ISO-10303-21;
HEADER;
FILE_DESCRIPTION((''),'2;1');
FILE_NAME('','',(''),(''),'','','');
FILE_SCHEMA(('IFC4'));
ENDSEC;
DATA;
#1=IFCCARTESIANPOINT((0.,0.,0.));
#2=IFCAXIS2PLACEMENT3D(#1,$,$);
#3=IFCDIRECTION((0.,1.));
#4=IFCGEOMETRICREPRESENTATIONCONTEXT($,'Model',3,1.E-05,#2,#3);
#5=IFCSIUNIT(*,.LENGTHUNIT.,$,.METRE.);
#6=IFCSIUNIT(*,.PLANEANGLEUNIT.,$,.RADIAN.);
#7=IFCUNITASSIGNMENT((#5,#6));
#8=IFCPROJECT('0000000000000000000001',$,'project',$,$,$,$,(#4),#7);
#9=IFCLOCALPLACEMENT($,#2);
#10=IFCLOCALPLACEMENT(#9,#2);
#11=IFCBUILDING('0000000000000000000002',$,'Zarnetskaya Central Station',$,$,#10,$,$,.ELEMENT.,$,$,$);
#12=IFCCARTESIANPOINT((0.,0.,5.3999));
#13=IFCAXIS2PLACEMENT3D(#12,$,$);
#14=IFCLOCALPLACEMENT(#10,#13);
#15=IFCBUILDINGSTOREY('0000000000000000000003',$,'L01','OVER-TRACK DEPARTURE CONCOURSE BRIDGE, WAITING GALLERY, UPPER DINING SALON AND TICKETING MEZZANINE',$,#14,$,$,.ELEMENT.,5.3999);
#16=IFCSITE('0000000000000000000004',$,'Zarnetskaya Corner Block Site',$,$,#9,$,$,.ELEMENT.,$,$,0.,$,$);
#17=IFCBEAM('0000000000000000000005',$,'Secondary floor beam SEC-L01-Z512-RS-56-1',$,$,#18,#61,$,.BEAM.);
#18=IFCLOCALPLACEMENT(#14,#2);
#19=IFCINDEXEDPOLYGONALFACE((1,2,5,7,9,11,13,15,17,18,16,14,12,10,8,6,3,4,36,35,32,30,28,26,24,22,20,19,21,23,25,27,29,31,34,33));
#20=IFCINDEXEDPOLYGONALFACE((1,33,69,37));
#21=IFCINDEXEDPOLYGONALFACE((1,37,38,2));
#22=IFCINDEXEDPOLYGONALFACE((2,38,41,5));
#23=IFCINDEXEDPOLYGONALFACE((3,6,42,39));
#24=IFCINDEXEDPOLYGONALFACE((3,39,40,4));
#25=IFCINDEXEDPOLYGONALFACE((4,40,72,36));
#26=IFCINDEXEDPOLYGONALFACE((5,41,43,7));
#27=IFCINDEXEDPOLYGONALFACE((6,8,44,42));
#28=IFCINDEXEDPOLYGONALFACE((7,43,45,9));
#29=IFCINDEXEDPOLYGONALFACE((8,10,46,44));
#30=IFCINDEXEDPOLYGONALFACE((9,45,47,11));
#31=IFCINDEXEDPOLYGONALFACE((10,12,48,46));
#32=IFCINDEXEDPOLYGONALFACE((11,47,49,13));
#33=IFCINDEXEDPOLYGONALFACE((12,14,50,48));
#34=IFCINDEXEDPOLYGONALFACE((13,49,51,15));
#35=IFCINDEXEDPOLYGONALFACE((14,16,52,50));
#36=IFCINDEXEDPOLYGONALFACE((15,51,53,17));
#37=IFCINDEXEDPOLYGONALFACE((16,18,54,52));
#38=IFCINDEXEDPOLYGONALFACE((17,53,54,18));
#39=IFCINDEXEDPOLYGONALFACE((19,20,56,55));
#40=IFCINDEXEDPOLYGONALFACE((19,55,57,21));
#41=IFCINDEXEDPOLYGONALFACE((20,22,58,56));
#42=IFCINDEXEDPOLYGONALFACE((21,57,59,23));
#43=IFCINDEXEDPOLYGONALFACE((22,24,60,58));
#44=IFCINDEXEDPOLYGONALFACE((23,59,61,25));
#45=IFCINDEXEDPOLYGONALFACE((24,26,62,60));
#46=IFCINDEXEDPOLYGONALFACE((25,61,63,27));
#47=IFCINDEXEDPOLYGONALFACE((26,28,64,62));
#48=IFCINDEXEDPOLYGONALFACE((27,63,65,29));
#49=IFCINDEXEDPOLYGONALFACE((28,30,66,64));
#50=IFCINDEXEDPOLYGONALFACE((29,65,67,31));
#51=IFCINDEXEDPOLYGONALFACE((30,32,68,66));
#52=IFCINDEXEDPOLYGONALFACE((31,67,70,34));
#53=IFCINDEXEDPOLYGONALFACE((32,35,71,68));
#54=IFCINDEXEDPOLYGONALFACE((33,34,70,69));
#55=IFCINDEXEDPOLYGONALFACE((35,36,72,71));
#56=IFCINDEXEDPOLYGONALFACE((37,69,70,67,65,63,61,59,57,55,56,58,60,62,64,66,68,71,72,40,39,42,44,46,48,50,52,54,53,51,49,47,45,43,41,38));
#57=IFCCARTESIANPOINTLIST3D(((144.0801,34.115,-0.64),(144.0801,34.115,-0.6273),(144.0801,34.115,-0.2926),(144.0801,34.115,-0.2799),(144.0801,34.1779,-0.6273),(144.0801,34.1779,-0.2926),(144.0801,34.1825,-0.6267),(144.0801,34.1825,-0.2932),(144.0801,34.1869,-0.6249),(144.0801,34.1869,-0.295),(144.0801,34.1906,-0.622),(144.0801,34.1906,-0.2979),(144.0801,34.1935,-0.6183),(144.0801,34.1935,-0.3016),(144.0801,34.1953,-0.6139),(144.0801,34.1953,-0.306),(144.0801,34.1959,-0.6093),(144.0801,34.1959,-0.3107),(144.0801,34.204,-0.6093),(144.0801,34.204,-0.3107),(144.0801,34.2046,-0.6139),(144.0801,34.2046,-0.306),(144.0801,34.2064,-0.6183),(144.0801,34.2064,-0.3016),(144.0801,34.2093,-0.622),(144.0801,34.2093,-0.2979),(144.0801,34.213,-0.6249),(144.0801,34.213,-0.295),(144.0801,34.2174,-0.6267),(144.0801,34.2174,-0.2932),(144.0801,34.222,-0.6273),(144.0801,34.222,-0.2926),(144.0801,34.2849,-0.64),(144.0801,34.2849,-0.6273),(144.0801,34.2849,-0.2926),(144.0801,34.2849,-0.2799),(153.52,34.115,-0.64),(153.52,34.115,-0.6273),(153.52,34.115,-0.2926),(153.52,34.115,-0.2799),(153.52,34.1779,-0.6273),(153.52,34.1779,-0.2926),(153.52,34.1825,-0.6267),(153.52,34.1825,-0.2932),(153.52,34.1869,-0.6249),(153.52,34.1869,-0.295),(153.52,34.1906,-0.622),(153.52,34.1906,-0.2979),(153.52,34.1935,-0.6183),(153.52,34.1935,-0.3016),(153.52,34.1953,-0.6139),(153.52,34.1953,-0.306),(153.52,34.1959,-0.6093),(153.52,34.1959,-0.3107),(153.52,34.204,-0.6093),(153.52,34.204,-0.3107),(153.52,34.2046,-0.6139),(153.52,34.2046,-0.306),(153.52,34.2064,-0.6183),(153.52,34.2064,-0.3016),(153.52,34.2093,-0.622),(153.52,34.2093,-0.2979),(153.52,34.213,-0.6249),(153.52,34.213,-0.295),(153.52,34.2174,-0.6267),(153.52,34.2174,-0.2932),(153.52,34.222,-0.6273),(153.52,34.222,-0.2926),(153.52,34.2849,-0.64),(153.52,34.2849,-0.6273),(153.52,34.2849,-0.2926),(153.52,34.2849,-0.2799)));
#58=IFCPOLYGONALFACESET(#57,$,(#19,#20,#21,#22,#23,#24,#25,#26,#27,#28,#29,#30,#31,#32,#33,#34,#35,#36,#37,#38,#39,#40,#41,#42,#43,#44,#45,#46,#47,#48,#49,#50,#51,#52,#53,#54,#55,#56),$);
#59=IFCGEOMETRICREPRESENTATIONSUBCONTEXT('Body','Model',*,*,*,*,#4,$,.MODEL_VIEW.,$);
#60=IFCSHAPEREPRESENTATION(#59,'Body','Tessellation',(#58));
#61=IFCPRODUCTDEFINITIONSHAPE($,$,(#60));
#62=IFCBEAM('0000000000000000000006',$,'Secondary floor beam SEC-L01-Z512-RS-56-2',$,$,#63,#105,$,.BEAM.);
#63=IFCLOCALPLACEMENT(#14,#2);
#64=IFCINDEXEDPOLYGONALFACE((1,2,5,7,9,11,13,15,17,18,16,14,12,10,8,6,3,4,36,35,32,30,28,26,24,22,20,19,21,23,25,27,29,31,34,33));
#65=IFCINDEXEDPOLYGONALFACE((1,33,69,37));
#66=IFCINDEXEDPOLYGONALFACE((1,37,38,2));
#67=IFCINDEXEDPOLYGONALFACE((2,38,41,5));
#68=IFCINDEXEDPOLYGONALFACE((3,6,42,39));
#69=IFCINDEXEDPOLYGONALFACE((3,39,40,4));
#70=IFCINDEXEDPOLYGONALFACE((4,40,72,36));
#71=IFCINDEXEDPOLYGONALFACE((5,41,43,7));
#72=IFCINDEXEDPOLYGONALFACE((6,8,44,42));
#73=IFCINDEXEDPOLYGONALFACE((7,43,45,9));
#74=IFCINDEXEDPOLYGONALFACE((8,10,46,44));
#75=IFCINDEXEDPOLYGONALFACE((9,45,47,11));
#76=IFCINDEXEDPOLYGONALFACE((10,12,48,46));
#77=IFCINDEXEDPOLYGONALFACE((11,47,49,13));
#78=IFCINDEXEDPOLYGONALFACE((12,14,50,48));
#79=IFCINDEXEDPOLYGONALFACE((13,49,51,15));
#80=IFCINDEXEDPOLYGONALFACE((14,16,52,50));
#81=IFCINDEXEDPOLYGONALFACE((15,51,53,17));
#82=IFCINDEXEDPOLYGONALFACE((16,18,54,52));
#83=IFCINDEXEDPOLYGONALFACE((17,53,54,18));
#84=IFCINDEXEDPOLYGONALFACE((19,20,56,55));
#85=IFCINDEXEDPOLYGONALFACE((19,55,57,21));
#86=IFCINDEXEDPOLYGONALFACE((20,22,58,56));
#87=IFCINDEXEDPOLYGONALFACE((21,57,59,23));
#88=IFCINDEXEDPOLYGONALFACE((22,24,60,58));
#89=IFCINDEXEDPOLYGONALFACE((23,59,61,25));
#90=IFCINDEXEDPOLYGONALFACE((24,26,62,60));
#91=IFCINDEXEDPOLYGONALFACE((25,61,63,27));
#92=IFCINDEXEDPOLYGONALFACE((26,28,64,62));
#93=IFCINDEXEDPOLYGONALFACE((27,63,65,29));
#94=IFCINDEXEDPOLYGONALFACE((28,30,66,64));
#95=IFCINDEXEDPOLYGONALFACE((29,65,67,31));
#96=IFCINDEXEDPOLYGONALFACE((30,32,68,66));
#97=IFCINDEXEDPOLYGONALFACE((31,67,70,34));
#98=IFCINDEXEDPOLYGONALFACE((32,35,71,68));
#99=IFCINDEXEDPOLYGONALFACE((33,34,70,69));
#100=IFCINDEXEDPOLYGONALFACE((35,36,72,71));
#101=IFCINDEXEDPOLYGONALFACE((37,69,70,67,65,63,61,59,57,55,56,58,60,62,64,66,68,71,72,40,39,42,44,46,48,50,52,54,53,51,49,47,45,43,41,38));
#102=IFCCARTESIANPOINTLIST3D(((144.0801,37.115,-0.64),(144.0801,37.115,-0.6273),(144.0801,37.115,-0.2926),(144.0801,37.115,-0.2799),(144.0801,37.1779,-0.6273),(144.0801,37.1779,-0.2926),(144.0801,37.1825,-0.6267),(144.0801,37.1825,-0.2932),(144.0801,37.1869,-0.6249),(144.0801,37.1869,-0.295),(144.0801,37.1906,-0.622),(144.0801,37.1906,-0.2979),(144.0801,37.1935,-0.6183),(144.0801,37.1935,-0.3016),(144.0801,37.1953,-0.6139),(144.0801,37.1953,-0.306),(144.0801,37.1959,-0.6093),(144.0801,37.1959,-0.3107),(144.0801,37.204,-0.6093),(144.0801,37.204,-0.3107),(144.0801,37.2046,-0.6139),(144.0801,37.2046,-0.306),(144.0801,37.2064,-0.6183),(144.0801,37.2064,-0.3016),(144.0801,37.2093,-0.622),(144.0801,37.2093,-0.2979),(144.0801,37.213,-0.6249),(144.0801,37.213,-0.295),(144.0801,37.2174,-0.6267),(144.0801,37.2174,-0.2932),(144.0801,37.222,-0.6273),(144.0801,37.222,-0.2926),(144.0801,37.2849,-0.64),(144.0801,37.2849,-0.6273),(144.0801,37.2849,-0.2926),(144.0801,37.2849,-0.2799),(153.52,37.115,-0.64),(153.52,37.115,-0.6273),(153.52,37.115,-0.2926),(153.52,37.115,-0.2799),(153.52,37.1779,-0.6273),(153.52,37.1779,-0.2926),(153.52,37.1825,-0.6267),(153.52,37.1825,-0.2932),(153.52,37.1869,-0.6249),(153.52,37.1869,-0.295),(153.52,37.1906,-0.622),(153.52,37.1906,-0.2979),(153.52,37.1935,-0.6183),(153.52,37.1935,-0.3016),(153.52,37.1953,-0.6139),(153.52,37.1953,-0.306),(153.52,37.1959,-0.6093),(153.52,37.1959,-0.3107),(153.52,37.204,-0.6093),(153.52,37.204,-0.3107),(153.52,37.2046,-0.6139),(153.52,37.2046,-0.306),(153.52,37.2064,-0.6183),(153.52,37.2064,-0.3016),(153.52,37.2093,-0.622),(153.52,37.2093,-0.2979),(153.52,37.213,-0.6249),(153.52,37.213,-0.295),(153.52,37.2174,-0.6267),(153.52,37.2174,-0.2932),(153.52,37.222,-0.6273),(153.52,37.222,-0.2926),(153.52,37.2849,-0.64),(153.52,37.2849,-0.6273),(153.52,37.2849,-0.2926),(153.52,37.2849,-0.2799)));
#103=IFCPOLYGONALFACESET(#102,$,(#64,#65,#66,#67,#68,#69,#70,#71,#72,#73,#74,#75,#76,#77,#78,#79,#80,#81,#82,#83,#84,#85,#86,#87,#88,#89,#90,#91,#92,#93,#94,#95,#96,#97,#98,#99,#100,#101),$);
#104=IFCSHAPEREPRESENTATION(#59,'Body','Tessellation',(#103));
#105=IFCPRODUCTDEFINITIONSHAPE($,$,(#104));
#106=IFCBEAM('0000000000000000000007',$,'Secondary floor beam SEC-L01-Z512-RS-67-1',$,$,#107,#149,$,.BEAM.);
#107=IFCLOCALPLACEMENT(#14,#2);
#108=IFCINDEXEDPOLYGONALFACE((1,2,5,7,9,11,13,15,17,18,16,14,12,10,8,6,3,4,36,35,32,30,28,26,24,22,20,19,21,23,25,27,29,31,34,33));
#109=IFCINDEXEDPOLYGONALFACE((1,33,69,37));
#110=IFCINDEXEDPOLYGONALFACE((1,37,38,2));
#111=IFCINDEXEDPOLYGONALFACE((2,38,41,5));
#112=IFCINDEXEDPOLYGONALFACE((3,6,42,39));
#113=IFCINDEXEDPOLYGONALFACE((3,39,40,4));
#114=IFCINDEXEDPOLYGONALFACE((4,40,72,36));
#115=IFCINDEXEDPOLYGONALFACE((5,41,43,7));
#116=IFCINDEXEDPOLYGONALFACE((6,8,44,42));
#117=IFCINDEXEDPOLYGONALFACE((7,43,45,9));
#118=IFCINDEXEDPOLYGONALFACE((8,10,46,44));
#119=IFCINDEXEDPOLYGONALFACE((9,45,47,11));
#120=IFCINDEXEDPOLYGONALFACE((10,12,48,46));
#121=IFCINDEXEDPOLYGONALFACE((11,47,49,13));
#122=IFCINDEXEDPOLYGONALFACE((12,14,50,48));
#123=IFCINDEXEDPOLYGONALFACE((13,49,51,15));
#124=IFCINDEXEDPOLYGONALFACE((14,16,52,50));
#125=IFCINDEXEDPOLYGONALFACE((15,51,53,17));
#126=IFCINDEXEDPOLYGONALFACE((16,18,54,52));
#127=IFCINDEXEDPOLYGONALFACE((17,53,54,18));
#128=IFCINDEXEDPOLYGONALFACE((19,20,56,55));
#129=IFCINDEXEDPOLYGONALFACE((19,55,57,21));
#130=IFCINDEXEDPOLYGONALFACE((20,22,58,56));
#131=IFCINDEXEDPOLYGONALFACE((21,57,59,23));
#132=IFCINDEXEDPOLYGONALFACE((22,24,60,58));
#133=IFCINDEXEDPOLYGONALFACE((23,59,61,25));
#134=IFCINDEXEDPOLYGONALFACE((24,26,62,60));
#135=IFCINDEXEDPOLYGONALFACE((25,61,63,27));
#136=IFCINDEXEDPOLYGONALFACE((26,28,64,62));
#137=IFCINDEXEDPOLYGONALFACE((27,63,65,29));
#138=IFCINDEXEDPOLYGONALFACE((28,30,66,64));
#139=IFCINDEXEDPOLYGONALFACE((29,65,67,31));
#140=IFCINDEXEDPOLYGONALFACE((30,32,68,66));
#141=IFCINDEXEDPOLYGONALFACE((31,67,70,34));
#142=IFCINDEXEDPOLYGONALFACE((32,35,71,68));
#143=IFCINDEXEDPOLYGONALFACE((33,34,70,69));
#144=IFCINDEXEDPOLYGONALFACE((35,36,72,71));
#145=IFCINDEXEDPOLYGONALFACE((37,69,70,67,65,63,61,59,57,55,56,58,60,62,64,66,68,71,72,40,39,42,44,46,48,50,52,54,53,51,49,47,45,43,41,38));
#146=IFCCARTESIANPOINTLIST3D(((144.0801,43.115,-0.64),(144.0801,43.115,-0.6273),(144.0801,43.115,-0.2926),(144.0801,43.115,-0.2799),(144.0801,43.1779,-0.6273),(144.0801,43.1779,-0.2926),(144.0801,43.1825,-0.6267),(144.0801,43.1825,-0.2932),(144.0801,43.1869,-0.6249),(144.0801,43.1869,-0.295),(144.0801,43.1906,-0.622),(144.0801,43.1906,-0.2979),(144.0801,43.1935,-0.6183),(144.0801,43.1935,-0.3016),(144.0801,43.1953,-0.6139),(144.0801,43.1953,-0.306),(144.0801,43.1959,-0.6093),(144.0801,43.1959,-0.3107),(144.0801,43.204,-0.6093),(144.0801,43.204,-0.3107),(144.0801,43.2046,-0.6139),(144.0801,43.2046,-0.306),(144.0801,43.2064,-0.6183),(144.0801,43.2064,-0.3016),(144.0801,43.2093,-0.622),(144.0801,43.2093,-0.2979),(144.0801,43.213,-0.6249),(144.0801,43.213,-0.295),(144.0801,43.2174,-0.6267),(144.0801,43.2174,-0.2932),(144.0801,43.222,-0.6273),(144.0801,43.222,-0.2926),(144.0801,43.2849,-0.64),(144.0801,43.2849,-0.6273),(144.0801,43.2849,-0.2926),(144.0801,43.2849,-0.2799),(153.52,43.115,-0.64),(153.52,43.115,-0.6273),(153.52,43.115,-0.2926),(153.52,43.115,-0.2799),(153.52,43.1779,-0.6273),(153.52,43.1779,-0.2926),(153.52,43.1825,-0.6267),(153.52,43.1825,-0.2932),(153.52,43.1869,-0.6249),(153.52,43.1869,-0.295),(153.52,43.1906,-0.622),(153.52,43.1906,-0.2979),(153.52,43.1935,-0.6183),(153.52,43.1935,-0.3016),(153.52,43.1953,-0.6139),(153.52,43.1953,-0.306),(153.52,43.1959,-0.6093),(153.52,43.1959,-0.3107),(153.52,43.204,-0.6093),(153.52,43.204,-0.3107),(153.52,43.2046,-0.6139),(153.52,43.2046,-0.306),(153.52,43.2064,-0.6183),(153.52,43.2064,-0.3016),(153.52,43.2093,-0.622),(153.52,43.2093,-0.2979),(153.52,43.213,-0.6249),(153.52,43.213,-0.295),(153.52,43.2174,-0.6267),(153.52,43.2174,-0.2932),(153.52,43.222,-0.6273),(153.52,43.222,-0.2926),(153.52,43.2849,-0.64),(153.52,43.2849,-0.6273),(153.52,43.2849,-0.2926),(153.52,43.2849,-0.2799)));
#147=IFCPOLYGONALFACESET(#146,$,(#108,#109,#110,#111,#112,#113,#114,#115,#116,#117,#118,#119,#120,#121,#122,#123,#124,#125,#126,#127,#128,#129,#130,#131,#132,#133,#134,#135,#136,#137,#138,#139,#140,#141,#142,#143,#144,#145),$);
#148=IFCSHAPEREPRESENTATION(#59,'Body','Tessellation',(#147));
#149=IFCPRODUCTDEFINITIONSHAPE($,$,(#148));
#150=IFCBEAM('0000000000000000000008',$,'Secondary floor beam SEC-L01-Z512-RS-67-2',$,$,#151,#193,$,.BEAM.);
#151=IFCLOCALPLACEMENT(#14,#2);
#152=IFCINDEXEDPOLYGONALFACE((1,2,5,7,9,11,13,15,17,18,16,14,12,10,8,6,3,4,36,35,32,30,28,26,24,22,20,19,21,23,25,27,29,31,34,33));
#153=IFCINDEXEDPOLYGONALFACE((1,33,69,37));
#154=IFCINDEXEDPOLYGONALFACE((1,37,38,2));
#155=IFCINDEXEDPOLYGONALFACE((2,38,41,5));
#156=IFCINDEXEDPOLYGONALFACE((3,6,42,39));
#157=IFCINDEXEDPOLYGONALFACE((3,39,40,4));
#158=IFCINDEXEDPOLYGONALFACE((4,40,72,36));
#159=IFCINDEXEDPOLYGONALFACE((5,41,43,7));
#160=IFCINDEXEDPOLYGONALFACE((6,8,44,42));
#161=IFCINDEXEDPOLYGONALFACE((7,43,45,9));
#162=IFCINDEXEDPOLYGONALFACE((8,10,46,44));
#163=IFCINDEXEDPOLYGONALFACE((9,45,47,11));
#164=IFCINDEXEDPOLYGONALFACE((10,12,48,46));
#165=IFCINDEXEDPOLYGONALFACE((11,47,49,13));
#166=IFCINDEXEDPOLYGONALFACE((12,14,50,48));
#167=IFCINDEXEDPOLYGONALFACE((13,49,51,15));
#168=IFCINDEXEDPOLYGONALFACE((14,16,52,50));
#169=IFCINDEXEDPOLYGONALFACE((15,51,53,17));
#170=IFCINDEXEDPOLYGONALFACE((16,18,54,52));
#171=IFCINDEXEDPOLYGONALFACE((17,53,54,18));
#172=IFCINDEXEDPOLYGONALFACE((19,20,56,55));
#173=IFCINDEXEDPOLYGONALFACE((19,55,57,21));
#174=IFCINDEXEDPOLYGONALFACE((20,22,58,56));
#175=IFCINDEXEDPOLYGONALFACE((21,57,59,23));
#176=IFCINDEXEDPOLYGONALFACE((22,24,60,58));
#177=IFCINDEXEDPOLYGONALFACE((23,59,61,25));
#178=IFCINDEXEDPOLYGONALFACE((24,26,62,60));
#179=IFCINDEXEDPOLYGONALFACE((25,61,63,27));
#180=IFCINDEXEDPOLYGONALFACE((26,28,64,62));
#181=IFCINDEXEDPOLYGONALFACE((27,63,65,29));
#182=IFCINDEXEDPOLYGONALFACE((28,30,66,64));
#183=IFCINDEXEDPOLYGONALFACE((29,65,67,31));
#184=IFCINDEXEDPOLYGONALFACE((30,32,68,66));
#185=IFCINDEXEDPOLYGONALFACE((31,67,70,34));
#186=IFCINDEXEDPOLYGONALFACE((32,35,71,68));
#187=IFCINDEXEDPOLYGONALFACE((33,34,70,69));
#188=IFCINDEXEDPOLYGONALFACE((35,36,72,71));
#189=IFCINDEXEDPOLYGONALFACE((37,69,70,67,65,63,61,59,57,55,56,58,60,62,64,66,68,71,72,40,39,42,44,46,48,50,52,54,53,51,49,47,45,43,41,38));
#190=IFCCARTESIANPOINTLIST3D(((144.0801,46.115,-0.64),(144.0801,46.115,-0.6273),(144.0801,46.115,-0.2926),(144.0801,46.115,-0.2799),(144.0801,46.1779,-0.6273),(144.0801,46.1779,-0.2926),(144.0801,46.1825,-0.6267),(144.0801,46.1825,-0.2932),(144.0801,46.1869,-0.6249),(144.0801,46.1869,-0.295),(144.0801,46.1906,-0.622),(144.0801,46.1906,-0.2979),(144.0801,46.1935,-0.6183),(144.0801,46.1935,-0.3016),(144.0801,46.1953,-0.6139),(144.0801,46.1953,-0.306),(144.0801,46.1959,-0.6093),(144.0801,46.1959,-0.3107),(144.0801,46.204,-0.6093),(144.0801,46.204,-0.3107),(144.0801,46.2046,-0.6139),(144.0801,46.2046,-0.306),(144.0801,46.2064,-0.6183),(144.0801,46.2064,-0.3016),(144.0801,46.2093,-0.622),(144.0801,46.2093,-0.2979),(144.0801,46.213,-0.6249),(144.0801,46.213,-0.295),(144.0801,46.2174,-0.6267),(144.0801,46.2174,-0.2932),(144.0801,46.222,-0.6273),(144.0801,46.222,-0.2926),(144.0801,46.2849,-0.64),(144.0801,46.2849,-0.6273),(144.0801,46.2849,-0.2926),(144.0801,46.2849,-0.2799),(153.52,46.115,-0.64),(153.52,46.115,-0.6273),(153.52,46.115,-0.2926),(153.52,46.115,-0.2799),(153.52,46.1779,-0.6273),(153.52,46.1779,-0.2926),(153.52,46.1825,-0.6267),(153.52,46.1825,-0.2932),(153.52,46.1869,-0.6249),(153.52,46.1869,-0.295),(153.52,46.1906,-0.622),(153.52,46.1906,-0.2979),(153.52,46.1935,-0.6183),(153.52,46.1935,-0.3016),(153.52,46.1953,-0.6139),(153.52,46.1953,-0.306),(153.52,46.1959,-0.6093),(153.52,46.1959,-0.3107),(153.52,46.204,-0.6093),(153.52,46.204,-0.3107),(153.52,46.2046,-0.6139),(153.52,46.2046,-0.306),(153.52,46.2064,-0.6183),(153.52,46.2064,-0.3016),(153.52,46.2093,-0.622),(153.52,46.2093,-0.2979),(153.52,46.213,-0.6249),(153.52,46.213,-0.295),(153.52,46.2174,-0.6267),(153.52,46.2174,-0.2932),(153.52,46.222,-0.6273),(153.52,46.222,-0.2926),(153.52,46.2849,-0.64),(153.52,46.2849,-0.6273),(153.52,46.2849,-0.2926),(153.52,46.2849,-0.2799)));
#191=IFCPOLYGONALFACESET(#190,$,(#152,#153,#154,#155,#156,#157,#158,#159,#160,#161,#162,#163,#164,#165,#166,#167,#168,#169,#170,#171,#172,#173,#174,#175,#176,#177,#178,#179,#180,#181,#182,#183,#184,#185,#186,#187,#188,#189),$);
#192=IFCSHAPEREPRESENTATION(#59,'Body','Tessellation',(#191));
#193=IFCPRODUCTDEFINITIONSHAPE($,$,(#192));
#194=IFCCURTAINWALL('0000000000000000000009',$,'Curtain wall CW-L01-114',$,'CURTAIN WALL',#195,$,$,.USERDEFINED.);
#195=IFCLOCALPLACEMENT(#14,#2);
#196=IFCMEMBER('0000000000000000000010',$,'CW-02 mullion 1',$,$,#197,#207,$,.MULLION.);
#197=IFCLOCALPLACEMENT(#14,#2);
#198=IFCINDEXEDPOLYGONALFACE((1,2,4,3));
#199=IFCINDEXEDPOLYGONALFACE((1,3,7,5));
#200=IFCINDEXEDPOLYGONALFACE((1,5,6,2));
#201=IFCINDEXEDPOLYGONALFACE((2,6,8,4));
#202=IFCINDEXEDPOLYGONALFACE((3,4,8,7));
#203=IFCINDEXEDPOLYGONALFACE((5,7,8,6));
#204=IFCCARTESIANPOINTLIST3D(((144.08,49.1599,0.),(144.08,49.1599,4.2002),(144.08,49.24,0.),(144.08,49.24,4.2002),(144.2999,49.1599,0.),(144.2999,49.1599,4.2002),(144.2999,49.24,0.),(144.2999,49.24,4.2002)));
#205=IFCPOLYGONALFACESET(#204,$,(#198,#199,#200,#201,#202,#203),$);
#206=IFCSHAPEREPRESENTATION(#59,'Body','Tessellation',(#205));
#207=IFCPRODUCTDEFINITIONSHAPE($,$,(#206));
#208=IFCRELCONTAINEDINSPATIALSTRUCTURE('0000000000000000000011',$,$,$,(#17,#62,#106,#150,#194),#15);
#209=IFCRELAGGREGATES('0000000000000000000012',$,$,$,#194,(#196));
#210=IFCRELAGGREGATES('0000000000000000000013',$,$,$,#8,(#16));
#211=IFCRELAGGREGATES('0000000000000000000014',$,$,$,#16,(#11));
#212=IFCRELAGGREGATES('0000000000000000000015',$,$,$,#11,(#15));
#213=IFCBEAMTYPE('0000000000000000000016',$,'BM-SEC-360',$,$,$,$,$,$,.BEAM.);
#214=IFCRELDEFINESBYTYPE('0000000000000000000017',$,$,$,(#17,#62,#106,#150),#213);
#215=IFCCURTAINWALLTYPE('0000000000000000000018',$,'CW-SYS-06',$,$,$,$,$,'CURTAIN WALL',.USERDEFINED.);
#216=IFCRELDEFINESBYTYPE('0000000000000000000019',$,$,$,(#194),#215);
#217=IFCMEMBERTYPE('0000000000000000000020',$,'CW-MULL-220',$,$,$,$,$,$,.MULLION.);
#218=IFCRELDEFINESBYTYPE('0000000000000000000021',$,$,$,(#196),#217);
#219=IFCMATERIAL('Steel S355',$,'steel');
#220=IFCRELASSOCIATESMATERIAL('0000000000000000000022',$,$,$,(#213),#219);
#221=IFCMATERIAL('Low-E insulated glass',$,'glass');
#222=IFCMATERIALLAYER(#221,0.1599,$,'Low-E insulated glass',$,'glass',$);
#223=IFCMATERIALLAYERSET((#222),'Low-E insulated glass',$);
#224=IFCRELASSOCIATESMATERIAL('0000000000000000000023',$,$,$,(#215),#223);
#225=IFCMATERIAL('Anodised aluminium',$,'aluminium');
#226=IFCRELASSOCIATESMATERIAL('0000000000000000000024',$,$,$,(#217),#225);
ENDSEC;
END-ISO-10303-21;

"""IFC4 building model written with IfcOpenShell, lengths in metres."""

from ifc_helpers import new_model, si_unit, direction, frame, origin, origin_2d, place, context, subcontext, project, spatial, rectangle, i_section, extrude, material, layer, layer_set, material_profile, profile_set, type_object, element, aggregate, save


model = new_model("IFC4")

# Units and contexts
model_context = context("Model", 3, precision=1e-05, world=origin(), true_north=direction((0.0, 1.0)))
body_context = subcontext(model_context, "Body", "Model", "MODEL_VIEW")
ifc_project = project(units=[si_unit("LENGTHUNIT", "METRE"), si_unit("PLANEANGLEUNIT", "RADIAN")], contexts=[model_context])

# Site, building, storey
site_placement = place(None, origin())
site = spatial("IfcSite", under=ifc_project, at=site_placement, Name="Zarnetskaya Corner Block Site", CompositionType="ELEMENT", RefElevation=0.0)
building_placement = place(site_placement, origin())
building = spatial("IfcBuilding", under=site, at=building_placement, Name="Zarnetskaya Central Station", CompositionType="ELEMENT")
storey_placement = place(building_placement, frame((0.0, 0.0, 5.3999)))
storey = spatial("IfcBuildingStorey", under=building, at=storey_placement, Name="L01", Description="OVER-TRACK DEPARTURE CONCOURSE BRIDGE, WAITING GALLERY, UPPER DINING SALON AND TICKETING MEZZANINE", CompositionType="ELEMENT", Elevation=5.3999)

# Beams
ifc_material_1 = material(Name="Steel S355", Category="steel")
ifc_material_profile_1 = material_profile(ifc_material_1, i_section(OverallWidth=0.1699, OverallDepth=0.3601, WebThickness=0.0081, FlangeThickness=0.0127, FilletRadius=0.0181, at=origin_2d()), Name="IPE 360")
ifc_profile_set_1 = profile_set([ifc_material_profile_1], Name="Steel S355")
beam_type = type_object("IfcBeamType", Name="BM-SEC-360", PredefinedType="BEAM", material=ifc_profile_set_1)
for number, where, z_axis, x_axis, name in (
    (1, (144.0801, 34.2, -0.46), (1.0, 0.0, 0.0), (0.0, 1.0, 0.0), "Secondary floor beam SEC-L01-Z512-RS-56-1"),
    (2, (144.0801, 37.2, -0.46), (1.0, 0.0, 0.0), (0.0, 1.0, 0.0), "Secondary floor beam SEC-L01-Z512-RS-56-2"),
    (3, (144.0801, 43.2, -0.46), (1.0, 0.0, 0.0), (0.0, 1.0, 0.0), "Secondary floor beam SEC-L01-Z512-RS-67-1"),
    (4, (144.0801, 46.2, -0.46), (1.0, 0.0, 0.0), (0.0, 1.0, 0.0), "Secondary floor beam SEC-L01-Z512-RS-67-2"),
):
    element("IfcBeam", number, at=place(storey_placement, frame(where, z_axis=z_axis, x_axis=x_axis)), inside=storey, type_object=beam_type, Name=name, PredefinedType="BEAM", context=body_context, shape_type="SweptSolid", body=[
        extrude(i_section(OverallWidth=0.1699, OverallDepth=0.3601, WebThickness=0.0081, FlangeThickness=0.0127, FilletRadius=0.0181, at=origin_2d()), origin(), (0.0, 0.0, 1.0), 9.4399),
    ])

# Curtain wall, member
ifc_material_2 = material(Name="Low-E insulated glass", Category="glass")
ifc_layer_1 = layer(ifc_material_2, 0.1599, Name="Low-E insulated glass", Category="glass")
ifc_layer_set_1 = layer_set([ifc_layer_1], Name="Low-E insulated glass")
curtain_wall_type = type_object("IfcCurtainWallType", Name="CW-SYS-06", ElementType="CURTAIN WALL", PredefinedType="USERDEFINED", material=ifc_layer_set_1)
curtain_wall_1_placement = place(storey_placement, origin())
curtain_wall_1 = element("IfcCurtainWall", 5, at=curtain_wall_1_placement, inside=storey, type_object=curtain_wall_type, Name="Curtain wall CW-L01-114", ObjectType="CURTAIN WALL", PredefinedType="USERDEFINED")
ifc_material_3 = material(Name="Anodised aluminium", Category="aluminium")
ifc_material_profile_2 = material_profile(ifc_material_3, rectangle(XDim=0.0801, YDim=0.22, at=origin_2d()), Name="ALU MULL 80x220")
ifc_profile_set_2 = profile_set([ifc_material_profile_2], Name="Anodised aluminium")
member_type_1 = type_object("IfcMemberType", Name="CW-MULL-220", PredefinedType="MULLION", material=ifc_profile_set_2)
member_1_placement = place(storey_placement, frame((144.1899, 49.2, 0.0), z_axis=(0.0, 0.0, 1.0), x_axis=(0.0, 1.0, 0.0)))
member_1 = element("IfcMember", 6, at=member_1_placement, type_object=member_type_1, Name="CW-02 mullion 1", PredefinedType="MULLION", context=body_context, shape_type="SweptSolid", body=[
    extrude(rectangle(XDim=0.0801, YDim=0.22, at=origin_2d()), origin(), (0.0, 0.0, 1.0), 4.2002),
])

aggregate(curtain_wall_1, [member_1])

save(model, "model.ifc")
